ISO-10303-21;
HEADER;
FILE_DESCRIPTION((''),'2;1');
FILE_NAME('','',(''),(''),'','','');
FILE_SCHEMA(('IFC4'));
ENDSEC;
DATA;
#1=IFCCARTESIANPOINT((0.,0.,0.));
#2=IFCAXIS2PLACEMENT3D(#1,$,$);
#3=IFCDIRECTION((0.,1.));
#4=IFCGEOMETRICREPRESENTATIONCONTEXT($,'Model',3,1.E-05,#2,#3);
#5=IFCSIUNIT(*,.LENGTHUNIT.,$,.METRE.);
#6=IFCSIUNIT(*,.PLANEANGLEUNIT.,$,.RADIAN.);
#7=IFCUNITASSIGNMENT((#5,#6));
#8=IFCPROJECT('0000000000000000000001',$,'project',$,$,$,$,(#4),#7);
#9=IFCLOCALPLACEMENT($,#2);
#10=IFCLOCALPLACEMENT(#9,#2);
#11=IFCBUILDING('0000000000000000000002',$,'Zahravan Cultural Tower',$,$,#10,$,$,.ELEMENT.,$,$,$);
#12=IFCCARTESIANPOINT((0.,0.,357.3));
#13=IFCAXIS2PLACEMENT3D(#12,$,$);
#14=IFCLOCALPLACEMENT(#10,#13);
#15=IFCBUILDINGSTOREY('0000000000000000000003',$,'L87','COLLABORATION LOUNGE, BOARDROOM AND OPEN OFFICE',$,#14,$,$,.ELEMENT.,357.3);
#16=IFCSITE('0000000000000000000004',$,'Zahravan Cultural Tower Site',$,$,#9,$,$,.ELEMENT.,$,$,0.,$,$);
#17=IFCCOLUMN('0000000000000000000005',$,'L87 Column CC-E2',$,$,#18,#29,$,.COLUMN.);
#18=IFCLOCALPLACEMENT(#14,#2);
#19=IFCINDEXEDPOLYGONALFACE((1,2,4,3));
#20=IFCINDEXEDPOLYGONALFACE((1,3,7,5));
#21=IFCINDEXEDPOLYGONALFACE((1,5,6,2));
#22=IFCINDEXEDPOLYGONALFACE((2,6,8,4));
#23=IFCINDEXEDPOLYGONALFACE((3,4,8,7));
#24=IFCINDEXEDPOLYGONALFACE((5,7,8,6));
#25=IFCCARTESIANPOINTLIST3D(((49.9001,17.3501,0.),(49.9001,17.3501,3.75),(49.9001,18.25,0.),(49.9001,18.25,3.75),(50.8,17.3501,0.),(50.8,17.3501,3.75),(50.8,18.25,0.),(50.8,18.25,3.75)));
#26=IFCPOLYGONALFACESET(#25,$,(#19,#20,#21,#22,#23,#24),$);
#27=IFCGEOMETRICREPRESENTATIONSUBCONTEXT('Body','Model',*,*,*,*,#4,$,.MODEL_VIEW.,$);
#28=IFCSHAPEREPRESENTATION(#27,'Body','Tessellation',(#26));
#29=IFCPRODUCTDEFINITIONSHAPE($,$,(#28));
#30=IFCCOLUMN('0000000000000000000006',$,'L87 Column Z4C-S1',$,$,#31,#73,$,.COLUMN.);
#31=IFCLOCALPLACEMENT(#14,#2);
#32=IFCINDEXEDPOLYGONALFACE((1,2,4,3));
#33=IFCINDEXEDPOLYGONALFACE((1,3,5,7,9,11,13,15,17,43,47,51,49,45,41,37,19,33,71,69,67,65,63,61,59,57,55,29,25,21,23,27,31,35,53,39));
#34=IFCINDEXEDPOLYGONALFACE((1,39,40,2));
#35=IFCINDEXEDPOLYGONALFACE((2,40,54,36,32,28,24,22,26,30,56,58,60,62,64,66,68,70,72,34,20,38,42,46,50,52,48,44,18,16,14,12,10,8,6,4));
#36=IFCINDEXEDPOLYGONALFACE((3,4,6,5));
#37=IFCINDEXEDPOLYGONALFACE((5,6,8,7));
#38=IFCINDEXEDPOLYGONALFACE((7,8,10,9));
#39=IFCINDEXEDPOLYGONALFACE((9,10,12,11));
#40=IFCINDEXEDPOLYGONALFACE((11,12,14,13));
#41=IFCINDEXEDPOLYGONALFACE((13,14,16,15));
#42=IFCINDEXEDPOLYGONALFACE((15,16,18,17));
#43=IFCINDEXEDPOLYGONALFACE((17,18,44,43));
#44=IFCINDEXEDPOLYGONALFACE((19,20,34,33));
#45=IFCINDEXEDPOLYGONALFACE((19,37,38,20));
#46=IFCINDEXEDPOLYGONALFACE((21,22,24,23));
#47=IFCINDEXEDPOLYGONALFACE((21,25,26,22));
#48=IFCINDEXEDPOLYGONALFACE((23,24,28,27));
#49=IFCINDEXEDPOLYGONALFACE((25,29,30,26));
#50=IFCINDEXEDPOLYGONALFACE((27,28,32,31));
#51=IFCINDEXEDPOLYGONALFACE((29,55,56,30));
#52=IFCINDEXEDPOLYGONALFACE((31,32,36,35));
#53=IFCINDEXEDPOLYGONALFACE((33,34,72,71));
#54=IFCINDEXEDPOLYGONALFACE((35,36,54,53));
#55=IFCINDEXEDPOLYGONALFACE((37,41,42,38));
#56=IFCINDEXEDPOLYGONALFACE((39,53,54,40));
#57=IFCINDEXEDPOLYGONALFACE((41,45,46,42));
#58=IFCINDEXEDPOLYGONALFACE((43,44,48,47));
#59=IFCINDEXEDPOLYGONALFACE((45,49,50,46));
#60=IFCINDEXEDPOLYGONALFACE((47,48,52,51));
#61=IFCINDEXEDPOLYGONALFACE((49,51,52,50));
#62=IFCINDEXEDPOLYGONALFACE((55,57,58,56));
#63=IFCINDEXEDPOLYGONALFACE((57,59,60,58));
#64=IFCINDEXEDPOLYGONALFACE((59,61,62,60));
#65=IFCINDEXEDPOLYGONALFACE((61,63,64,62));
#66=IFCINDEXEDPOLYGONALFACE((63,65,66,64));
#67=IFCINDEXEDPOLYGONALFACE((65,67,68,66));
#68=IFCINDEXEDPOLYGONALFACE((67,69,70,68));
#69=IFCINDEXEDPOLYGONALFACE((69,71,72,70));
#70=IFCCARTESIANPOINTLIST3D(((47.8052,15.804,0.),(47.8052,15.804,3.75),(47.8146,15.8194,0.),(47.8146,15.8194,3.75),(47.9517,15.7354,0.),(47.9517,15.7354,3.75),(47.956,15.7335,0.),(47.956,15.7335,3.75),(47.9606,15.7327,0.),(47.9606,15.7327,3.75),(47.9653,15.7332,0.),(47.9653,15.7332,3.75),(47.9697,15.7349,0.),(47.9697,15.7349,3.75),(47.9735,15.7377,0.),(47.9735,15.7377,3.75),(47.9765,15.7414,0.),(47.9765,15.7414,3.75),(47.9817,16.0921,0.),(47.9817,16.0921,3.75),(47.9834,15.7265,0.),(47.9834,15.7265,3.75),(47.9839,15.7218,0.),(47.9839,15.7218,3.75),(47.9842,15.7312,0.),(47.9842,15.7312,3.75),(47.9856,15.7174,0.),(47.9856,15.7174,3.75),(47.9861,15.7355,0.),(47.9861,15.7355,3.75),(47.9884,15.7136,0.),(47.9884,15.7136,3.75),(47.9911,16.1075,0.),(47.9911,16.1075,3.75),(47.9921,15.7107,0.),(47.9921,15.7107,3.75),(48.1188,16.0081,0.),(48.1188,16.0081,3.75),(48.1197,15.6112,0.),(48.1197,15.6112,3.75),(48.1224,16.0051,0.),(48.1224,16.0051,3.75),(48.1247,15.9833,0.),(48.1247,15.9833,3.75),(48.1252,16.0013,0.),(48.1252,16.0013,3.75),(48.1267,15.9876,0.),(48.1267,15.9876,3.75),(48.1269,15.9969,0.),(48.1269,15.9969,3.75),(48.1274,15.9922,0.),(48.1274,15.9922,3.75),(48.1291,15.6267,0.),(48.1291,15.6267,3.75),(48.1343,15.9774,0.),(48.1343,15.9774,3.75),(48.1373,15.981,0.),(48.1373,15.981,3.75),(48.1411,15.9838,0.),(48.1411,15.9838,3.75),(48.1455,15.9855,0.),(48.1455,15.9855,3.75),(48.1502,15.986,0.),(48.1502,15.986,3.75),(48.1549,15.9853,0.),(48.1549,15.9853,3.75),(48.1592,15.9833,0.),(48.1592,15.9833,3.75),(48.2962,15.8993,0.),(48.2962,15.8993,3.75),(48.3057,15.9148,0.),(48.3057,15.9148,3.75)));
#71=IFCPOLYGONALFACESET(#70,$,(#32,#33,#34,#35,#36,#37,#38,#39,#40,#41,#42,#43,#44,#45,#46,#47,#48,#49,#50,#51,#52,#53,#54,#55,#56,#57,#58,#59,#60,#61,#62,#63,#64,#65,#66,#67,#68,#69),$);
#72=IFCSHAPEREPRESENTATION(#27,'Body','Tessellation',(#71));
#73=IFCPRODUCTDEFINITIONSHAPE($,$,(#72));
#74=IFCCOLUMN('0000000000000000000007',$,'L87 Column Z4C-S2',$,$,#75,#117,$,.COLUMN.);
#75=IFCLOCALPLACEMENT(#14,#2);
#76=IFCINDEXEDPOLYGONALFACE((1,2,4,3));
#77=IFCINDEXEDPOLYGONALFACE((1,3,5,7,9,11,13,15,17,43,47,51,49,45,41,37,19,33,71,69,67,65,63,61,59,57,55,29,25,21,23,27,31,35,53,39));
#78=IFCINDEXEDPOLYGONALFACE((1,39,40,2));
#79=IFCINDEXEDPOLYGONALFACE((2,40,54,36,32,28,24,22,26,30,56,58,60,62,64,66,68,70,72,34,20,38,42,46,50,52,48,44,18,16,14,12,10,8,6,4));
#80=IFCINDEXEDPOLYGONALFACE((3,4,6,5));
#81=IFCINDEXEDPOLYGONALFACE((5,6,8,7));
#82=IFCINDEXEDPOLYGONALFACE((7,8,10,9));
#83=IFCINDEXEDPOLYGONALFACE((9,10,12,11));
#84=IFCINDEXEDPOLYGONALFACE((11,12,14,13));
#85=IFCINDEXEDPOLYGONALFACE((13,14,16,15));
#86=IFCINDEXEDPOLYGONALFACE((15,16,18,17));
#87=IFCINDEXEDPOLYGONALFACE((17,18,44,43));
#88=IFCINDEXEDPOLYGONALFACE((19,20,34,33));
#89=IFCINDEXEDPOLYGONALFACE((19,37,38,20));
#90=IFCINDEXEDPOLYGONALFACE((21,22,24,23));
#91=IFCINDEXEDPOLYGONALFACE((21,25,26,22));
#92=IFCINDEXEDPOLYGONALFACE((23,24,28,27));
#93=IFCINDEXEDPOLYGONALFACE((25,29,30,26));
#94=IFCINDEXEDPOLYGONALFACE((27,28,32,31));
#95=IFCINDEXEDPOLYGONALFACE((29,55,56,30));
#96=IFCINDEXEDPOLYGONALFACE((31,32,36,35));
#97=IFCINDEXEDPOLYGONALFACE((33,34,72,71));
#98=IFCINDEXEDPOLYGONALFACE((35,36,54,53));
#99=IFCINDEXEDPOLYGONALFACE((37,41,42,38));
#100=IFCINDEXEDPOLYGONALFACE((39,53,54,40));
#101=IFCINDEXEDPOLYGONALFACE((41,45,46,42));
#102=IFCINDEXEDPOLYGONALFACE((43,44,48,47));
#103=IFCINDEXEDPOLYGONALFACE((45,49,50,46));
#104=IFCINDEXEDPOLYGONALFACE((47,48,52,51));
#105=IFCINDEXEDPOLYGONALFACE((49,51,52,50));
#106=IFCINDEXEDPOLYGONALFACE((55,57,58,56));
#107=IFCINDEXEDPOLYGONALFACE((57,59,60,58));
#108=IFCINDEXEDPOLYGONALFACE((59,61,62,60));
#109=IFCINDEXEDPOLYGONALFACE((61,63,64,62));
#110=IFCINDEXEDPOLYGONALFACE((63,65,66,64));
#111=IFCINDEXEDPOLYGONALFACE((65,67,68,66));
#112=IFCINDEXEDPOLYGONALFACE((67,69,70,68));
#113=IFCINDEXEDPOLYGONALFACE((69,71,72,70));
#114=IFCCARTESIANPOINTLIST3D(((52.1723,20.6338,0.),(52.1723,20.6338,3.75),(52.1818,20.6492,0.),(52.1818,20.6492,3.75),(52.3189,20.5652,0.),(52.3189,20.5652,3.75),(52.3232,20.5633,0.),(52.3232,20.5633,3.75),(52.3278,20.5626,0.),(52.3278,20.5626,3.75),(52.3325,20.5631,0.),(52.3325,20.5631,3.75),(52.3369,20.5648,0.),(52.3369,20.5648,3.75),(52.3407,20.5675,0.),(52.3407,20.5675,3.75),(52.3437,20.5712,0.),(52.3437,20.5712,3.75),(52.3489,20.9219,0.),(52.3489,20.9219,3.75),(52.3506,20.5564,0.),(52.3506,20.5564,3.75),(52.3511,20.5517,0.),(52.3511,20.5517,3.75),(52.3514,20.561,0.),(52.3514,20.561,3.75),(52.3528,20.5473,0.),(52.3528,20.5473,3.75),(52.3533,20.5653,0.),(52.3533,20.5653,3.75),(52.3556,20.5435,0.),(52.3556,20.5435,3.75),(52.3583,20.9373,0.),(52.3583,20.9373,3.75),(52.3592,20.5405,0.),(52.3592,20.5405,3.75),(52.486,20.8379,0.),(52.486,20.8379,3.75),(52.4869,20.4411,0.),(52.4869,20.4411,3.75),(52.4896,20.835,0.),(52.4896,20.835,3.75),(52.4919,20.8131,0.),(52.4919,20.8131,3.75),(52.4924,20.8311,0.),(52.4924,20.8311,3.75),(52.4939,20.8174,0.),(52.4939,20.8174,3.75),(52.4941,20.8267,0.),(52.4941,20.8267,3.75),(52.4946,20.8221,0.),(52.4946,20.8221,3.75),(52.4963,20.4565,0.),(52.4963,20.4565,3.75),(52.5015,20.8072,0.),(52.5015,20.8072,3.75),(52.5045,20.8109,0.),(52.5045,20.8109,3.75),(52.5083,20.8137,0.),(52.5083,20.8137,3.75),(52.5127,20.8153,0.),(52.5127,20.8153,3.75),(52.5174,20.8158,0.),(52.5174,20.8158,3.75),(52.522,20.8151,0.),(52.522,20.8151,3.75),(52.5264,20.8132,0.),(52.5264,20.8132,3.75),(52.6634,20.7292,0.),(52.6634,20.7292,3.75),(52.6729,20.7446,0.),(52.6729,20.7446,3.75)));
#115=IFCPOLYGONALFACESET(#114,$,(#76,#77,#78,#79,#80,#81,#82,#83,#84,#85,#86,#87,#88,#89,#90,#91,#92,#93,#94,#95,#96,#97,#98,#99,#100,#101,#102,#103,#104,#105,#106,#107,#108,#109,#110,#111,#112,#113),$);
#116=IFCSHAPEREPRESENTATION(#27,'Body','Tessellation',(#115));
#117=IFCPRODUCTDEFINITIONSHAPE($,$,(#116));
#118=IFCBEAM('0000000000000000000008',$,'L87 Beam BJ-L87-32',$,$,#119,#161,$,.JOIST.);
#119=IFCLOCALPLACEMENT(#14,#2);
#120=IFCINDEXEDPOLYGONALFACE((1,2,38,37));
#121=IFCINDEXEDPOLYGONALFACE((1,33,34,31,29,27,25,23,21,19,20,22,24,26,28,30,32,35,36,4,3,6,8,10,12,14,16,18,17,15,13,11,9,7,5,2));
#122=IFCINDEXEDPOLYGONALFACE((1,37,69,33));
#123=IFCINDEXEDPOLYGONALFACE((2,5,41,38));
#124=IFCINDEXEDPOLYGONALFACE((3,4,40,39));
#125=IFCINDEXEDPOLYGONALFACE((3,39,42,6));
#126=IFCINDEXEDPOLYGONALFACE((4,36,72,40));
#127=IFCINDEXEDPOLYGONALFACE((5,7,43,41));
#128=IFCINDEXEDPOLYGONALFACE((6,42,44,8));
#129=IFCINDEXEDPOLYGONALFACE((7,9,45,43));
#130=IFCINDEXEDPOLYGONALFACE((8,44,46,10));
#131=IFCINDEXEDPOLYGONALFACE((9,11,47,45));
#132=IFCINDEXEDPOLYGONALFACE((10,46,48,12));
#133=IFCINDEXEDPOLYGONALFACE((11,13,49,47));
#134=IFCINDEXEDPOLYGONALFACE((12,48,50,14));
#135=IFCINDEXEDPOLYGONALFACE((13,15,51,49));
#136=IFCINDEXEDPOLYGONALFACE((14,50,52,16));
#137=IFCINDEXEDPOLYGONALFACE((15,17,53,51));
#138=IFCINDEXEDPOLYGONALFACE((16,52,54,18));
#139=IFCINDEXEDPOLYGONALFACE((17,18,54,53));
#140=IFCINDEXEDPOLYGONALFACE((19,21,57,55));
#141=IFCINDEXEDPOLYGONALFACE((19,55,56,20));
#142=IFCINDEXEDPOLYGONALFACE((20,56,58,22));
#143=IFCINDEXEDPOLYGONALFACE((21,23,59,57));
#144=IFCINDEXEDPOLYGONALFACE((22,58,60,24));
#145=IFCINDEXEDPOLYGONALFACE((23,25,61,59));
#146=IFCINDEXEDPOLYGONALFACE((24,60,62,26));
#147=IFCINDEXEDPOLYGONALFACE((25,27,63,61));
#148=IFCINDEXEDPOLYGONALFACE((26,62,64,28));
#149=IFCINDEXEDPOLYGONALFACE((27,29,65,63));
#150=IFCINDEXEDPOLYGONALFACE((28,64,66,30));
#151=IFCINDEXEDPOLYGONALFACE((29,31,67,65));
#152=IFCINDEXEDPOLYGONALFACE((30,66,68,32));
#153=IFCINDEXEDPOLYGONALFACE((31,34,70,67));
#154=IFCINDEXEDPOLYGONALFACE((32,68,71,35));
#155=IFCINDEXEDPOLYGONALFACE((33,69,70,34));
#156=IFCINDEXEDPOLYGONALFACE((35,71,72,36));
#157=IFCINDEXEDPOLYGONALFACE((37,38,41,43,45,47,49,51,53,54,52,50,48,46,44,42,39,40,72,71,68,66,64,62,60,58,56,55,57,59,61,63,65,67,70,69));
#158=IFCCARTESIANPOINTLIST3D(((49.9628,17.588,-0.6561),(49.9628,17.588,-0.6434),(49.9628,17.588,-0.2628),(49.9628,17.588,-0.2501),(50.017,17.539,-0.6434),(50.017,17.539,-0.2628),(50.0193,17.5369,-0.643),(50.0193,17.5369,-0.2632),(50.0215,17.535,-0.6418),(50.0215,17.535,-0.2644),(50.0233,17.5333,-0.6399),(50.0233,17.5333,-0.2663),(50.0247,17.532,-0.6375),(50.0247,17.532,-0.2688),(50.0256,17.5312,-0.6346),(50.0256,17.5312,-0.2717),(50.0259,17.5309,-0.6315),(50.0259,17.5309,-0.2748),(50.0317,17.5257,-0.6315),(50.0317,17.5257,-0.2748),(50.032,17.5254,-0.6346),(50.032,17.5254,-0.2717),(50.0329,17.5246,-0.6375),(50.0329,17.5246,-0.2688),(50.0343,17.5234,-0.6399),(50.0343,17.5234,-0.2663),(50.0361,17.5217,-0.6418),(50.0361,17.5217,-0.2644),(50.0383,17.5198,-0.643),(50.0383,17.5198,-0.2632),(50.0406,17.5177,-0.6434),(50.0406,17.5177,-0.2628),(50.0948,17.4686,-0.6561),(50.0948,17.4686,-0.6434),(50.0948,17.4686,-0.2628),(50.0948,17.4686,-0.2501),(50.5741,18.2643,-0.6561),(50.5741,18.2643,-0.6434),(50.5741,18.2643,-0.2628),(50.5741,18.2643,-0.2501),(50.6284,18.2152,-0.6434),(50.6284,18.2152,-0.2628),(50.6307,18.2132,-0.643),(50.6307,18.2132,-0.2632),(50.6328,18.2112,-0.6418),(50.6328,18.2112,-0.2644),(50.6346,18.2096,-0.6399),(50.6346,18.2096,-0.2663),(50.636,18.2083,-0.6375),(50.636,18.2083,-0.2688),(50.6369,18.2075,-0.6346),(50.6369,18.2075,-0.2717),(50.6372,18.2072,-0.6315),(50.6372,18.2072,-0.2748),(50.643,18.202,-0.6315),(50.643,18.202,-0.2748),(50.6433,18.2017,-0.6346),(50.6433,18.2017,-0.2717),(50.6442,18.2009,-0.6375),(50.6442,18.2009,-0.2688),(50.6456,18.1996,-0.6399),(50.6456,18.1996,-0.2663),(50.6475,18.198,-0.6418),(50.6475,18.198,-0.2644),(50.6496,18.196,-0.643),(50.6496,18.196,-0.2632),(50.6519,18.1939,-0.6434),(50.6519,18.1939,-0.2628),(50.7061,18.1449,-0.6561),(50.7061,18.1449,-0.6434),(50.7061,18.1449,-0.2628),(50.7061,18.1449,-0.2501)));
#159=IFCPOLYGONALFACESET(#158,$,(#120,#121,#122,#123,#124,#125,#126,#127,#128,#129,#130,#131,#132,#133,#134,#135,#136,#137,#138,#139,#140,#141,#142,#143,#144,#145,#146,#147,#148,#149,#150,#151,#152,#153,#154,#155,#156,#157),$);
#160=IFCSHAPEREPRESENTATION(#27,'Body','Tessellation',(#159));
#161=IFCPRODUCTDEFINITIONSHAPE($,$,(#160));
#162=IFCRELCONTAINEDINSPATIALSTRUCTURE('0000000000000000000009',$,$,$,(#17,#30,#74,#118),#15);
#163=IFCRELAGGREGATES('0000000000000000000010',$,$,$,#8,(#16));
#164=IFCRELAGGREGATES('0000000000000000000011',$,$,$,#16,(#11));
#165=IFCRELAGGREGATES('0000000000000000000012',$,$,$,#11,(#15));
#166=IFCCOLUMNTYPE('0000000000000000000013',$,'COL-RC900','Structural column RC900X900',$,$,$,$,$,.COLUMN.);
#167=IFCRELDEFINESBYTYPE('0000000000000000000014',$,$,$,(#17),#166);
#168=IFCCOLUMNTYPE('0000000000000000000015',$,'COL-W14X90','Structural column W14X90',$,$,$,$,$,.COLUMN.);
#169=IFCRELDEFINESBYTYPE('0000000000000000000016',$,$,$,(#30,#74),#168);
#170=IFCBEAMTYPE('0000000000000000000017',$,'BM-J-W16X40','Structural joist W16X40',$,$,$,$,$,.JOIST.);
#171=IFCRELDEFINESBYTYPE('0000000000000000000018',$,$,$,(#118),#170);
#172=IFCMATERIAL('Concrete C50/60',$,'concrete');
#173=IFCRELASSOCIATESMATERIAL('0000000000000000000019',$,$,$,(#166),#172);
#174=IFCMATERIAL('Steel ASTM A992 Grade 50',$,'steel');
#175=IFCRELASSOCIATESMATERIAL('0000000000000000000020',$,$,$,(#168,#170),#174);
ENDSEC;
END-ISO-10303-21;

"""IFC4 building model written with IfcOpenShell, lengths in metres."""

from ifc_helpers import new_model, si_unit, direction, frame, origin, origin_2d, place, context, subcontext, project, spatial, rectangle, i_section, extrude, source, transform, mapped, material, material_profile, profile_set, type_object, element, save


model = new_model("IFC4")

# Units and contexts
model_context = context("Model", 3, precision=1e-05, world=origin(), true_north=direction((0.0, 1.0)))
body_context = subcontext(model_context, "Body", "Model", "MODEL_VIEW")
ifc_project = project(units=[si_unit("LENGTHUNIT", "METRE"), si_unit("PLANEANGLEUNIT", "RADIAN")], contexts=[model_context])

# Site, building, storey
site_placement = place(None, origin())
site = spatial("IfcSite", under=ifc_project, at=site_placement, Name="Zahravan Cultural Tower Site", CompositionType="ELEMENT", RefElevation=0.0)
building_placement = place(site_placement, origin())
building = spatial("IfcBuilding", under=site, at=building_placement, Name="Zahravan Cultural Tower", CompositionType="ELEMENT")
storey_placement = place(building_placement, frame((0.0, 0.0, 357.3)))
storey = spatial("IfcBuildingStorey", under=building, at=storey_placement, Name="L87", Description="COLLABORATION LOUNGE, BOARDROOM AND OPEN OFFICE", CompositionType="ELEMENT", Elevation=357.3)

# Columns
ifc_material_1 = material(Name="Concrete C50/60", Category="concrete")
ifc_material_profile_1 = material_profile(ifc_material_1, rectangle(XDim=0.8999, YDim=0.8999, at=origin_2d()), Name="RC900X900")
ifc_profile_set_1 = profile_set([ifc_material_profile_1], Name="Concrete C50/60")
column_type_1 = type_object("IfcColumnType", Name="COL-RC900", Description="Structural column RC900X900", PredefinedType="COLUMN", material=ifc_profile_set_1)
shared_shape_1 = source(origin(), body_context, "Body", "SweptSolid", [
    extrude(rectangle(XDim=0.8999, YDim=0.8999, at=origin_2d()), origin(), (0.0, 0.0, 1.0), 3.75),
])
column_placement = place(storey_placement, frame((50.3501, 17.8, 0.0), z_axis=(0.0, 0.0, 1.0), x_axis=(1.0, 0.0, 0.0)))
element("IfcColumn", 1, at=column_placement, inside=storey, type_object=column_type_1, Name="L87 Column CC-E2", PredefinedType="COLUMN", context=body_context, shape_type="MappedRepresentation", body=[
    mapped(shared_shape_1, transform((0.0, 0.0, 0.0), x_axis=(1.0, 0.0, 0.0), y_axis=(0.0, 1.0, 0.0), z_axis=(0.0, 0.0, 1.0), scale=1.0)),
])
ifc_material_2 = material(Name="Steel ASTM A992 Grade 50", Category="steel")
ifc_material_profile_2 = material_profile(ifc_material_2, i_section(OverallWidth=0.3689, OverallDepth=0.356, WebThickness=0.0112, FlangeThickness=0.0181, FilletRadius=0.0181, at=origin_2d()), Name="W14X90")
ifc_profile_set_2 = profile_set([ifc_material_profile_2], Name="Steel ASTM A992 Grade 50")
column_type_2 = type_object("IfcColumnType", Name="COL-W14X90", Description="Structural column W14X90", PredefinedType="COLUMN", material=ifc_profile_set_2)
shared_shape_2 = source(origin(), body_context, "Body", "SweptSolid", [
    extrude(i_section(OverallWidth=0.3689, OverallDepth=0.356, WebThickness=0.0112, FlangeThickness=0.0181, FilletRadius=0.0181, at=origin_2d()), origin(), (0.0, 0.0, 1.0), 3.75),
])
for number, where, z_axis, x_axis, name in (
    (2, (48.0554, 15.8594, 0.0), (0.0, 0.0, 1.0), (-0.85264, 0.522499, 0.0), "L87 Column Z4C-S1"),
    (3, (52.4226, 20.6892, 0.0), (0.0, 0.0, 1.0), (-0.85264, 0.522499, 0.0), "L87 Column Z4C-S2"),
):
    element("IfcColumn", number, at=place(storey_placement, frame(where, z_axis=z_axis, x_axis=x_axis)), inside=storey, type_object=column_type_2, Name=name, PredefinedType="COLUMN", context=body_context, shape_type="MappedRepresentation", body=[
        mapped(shared_shape_2, transform((0.0, 0.0, 0.0), x_axis=(1.0, 0.0, 0.0), y_axis=(0.0, 1.0, 0.0), z_axis=(0.0, 0.0, 1.0), scale=1.0)),
    ])

# Beam
ifc_material_profile_3 = material_profile(ifc_material_2, i_section(OverallWidth=0.178, OverallDepth=0.406, WebThickness=0.0078, FlangeThickness=0.0127, FilletRadius=0.012, at=origin_2d()), Name="W16X40")
ifc_profile_set_3 = profile_set([ifc_material_profile_3], Name="Steel ASTM A992 Grade 50")
beam_type_1 = type_object("IfcBeamType", Name="BM-J-W16X40", Description="Structural joist W16X40", PredefinedType="JOIST", material=ifc_profile_set_3)
shared_shape_3 = source(origin(), body_context, "Body", "SweptSolid", [
    extrude(i_section(OverallWidth=0.178, OverallDepth=0.406, WebThickness=0.0078, FlangeThickness=0.0127, FilletRadius=0.012, at=origin_2d()), origin(), (0.0, 0.0, 1.0), 0.9116),
])
beam_1_placement = place(storey_placement, frame((50.0288, 17.5283, -0.4531), z_axis=(0.670591, 0.741828, 0.0), x_axis=(-0.741828, 0.670591, 0.0)))
element("IfcBeam", 4, at=beam_1_placement, inside=storey, type_object=beam_type_1, Name="L87 Beam BJ-L87-32", PredefinedType="JOIST", context=body_context, shape_type="MappedRepresentation", body=[
    mapped(shared_shape_3, transform((0.0, 0.0, 0.0), x_axis=(1.0, 0.0, 0.0), y_axis=(0.0, 1.0, 0.0), z_axis=(0.0, 0.0, 1.0), scale=1.0)),
])

save(model, "model.ifc")
